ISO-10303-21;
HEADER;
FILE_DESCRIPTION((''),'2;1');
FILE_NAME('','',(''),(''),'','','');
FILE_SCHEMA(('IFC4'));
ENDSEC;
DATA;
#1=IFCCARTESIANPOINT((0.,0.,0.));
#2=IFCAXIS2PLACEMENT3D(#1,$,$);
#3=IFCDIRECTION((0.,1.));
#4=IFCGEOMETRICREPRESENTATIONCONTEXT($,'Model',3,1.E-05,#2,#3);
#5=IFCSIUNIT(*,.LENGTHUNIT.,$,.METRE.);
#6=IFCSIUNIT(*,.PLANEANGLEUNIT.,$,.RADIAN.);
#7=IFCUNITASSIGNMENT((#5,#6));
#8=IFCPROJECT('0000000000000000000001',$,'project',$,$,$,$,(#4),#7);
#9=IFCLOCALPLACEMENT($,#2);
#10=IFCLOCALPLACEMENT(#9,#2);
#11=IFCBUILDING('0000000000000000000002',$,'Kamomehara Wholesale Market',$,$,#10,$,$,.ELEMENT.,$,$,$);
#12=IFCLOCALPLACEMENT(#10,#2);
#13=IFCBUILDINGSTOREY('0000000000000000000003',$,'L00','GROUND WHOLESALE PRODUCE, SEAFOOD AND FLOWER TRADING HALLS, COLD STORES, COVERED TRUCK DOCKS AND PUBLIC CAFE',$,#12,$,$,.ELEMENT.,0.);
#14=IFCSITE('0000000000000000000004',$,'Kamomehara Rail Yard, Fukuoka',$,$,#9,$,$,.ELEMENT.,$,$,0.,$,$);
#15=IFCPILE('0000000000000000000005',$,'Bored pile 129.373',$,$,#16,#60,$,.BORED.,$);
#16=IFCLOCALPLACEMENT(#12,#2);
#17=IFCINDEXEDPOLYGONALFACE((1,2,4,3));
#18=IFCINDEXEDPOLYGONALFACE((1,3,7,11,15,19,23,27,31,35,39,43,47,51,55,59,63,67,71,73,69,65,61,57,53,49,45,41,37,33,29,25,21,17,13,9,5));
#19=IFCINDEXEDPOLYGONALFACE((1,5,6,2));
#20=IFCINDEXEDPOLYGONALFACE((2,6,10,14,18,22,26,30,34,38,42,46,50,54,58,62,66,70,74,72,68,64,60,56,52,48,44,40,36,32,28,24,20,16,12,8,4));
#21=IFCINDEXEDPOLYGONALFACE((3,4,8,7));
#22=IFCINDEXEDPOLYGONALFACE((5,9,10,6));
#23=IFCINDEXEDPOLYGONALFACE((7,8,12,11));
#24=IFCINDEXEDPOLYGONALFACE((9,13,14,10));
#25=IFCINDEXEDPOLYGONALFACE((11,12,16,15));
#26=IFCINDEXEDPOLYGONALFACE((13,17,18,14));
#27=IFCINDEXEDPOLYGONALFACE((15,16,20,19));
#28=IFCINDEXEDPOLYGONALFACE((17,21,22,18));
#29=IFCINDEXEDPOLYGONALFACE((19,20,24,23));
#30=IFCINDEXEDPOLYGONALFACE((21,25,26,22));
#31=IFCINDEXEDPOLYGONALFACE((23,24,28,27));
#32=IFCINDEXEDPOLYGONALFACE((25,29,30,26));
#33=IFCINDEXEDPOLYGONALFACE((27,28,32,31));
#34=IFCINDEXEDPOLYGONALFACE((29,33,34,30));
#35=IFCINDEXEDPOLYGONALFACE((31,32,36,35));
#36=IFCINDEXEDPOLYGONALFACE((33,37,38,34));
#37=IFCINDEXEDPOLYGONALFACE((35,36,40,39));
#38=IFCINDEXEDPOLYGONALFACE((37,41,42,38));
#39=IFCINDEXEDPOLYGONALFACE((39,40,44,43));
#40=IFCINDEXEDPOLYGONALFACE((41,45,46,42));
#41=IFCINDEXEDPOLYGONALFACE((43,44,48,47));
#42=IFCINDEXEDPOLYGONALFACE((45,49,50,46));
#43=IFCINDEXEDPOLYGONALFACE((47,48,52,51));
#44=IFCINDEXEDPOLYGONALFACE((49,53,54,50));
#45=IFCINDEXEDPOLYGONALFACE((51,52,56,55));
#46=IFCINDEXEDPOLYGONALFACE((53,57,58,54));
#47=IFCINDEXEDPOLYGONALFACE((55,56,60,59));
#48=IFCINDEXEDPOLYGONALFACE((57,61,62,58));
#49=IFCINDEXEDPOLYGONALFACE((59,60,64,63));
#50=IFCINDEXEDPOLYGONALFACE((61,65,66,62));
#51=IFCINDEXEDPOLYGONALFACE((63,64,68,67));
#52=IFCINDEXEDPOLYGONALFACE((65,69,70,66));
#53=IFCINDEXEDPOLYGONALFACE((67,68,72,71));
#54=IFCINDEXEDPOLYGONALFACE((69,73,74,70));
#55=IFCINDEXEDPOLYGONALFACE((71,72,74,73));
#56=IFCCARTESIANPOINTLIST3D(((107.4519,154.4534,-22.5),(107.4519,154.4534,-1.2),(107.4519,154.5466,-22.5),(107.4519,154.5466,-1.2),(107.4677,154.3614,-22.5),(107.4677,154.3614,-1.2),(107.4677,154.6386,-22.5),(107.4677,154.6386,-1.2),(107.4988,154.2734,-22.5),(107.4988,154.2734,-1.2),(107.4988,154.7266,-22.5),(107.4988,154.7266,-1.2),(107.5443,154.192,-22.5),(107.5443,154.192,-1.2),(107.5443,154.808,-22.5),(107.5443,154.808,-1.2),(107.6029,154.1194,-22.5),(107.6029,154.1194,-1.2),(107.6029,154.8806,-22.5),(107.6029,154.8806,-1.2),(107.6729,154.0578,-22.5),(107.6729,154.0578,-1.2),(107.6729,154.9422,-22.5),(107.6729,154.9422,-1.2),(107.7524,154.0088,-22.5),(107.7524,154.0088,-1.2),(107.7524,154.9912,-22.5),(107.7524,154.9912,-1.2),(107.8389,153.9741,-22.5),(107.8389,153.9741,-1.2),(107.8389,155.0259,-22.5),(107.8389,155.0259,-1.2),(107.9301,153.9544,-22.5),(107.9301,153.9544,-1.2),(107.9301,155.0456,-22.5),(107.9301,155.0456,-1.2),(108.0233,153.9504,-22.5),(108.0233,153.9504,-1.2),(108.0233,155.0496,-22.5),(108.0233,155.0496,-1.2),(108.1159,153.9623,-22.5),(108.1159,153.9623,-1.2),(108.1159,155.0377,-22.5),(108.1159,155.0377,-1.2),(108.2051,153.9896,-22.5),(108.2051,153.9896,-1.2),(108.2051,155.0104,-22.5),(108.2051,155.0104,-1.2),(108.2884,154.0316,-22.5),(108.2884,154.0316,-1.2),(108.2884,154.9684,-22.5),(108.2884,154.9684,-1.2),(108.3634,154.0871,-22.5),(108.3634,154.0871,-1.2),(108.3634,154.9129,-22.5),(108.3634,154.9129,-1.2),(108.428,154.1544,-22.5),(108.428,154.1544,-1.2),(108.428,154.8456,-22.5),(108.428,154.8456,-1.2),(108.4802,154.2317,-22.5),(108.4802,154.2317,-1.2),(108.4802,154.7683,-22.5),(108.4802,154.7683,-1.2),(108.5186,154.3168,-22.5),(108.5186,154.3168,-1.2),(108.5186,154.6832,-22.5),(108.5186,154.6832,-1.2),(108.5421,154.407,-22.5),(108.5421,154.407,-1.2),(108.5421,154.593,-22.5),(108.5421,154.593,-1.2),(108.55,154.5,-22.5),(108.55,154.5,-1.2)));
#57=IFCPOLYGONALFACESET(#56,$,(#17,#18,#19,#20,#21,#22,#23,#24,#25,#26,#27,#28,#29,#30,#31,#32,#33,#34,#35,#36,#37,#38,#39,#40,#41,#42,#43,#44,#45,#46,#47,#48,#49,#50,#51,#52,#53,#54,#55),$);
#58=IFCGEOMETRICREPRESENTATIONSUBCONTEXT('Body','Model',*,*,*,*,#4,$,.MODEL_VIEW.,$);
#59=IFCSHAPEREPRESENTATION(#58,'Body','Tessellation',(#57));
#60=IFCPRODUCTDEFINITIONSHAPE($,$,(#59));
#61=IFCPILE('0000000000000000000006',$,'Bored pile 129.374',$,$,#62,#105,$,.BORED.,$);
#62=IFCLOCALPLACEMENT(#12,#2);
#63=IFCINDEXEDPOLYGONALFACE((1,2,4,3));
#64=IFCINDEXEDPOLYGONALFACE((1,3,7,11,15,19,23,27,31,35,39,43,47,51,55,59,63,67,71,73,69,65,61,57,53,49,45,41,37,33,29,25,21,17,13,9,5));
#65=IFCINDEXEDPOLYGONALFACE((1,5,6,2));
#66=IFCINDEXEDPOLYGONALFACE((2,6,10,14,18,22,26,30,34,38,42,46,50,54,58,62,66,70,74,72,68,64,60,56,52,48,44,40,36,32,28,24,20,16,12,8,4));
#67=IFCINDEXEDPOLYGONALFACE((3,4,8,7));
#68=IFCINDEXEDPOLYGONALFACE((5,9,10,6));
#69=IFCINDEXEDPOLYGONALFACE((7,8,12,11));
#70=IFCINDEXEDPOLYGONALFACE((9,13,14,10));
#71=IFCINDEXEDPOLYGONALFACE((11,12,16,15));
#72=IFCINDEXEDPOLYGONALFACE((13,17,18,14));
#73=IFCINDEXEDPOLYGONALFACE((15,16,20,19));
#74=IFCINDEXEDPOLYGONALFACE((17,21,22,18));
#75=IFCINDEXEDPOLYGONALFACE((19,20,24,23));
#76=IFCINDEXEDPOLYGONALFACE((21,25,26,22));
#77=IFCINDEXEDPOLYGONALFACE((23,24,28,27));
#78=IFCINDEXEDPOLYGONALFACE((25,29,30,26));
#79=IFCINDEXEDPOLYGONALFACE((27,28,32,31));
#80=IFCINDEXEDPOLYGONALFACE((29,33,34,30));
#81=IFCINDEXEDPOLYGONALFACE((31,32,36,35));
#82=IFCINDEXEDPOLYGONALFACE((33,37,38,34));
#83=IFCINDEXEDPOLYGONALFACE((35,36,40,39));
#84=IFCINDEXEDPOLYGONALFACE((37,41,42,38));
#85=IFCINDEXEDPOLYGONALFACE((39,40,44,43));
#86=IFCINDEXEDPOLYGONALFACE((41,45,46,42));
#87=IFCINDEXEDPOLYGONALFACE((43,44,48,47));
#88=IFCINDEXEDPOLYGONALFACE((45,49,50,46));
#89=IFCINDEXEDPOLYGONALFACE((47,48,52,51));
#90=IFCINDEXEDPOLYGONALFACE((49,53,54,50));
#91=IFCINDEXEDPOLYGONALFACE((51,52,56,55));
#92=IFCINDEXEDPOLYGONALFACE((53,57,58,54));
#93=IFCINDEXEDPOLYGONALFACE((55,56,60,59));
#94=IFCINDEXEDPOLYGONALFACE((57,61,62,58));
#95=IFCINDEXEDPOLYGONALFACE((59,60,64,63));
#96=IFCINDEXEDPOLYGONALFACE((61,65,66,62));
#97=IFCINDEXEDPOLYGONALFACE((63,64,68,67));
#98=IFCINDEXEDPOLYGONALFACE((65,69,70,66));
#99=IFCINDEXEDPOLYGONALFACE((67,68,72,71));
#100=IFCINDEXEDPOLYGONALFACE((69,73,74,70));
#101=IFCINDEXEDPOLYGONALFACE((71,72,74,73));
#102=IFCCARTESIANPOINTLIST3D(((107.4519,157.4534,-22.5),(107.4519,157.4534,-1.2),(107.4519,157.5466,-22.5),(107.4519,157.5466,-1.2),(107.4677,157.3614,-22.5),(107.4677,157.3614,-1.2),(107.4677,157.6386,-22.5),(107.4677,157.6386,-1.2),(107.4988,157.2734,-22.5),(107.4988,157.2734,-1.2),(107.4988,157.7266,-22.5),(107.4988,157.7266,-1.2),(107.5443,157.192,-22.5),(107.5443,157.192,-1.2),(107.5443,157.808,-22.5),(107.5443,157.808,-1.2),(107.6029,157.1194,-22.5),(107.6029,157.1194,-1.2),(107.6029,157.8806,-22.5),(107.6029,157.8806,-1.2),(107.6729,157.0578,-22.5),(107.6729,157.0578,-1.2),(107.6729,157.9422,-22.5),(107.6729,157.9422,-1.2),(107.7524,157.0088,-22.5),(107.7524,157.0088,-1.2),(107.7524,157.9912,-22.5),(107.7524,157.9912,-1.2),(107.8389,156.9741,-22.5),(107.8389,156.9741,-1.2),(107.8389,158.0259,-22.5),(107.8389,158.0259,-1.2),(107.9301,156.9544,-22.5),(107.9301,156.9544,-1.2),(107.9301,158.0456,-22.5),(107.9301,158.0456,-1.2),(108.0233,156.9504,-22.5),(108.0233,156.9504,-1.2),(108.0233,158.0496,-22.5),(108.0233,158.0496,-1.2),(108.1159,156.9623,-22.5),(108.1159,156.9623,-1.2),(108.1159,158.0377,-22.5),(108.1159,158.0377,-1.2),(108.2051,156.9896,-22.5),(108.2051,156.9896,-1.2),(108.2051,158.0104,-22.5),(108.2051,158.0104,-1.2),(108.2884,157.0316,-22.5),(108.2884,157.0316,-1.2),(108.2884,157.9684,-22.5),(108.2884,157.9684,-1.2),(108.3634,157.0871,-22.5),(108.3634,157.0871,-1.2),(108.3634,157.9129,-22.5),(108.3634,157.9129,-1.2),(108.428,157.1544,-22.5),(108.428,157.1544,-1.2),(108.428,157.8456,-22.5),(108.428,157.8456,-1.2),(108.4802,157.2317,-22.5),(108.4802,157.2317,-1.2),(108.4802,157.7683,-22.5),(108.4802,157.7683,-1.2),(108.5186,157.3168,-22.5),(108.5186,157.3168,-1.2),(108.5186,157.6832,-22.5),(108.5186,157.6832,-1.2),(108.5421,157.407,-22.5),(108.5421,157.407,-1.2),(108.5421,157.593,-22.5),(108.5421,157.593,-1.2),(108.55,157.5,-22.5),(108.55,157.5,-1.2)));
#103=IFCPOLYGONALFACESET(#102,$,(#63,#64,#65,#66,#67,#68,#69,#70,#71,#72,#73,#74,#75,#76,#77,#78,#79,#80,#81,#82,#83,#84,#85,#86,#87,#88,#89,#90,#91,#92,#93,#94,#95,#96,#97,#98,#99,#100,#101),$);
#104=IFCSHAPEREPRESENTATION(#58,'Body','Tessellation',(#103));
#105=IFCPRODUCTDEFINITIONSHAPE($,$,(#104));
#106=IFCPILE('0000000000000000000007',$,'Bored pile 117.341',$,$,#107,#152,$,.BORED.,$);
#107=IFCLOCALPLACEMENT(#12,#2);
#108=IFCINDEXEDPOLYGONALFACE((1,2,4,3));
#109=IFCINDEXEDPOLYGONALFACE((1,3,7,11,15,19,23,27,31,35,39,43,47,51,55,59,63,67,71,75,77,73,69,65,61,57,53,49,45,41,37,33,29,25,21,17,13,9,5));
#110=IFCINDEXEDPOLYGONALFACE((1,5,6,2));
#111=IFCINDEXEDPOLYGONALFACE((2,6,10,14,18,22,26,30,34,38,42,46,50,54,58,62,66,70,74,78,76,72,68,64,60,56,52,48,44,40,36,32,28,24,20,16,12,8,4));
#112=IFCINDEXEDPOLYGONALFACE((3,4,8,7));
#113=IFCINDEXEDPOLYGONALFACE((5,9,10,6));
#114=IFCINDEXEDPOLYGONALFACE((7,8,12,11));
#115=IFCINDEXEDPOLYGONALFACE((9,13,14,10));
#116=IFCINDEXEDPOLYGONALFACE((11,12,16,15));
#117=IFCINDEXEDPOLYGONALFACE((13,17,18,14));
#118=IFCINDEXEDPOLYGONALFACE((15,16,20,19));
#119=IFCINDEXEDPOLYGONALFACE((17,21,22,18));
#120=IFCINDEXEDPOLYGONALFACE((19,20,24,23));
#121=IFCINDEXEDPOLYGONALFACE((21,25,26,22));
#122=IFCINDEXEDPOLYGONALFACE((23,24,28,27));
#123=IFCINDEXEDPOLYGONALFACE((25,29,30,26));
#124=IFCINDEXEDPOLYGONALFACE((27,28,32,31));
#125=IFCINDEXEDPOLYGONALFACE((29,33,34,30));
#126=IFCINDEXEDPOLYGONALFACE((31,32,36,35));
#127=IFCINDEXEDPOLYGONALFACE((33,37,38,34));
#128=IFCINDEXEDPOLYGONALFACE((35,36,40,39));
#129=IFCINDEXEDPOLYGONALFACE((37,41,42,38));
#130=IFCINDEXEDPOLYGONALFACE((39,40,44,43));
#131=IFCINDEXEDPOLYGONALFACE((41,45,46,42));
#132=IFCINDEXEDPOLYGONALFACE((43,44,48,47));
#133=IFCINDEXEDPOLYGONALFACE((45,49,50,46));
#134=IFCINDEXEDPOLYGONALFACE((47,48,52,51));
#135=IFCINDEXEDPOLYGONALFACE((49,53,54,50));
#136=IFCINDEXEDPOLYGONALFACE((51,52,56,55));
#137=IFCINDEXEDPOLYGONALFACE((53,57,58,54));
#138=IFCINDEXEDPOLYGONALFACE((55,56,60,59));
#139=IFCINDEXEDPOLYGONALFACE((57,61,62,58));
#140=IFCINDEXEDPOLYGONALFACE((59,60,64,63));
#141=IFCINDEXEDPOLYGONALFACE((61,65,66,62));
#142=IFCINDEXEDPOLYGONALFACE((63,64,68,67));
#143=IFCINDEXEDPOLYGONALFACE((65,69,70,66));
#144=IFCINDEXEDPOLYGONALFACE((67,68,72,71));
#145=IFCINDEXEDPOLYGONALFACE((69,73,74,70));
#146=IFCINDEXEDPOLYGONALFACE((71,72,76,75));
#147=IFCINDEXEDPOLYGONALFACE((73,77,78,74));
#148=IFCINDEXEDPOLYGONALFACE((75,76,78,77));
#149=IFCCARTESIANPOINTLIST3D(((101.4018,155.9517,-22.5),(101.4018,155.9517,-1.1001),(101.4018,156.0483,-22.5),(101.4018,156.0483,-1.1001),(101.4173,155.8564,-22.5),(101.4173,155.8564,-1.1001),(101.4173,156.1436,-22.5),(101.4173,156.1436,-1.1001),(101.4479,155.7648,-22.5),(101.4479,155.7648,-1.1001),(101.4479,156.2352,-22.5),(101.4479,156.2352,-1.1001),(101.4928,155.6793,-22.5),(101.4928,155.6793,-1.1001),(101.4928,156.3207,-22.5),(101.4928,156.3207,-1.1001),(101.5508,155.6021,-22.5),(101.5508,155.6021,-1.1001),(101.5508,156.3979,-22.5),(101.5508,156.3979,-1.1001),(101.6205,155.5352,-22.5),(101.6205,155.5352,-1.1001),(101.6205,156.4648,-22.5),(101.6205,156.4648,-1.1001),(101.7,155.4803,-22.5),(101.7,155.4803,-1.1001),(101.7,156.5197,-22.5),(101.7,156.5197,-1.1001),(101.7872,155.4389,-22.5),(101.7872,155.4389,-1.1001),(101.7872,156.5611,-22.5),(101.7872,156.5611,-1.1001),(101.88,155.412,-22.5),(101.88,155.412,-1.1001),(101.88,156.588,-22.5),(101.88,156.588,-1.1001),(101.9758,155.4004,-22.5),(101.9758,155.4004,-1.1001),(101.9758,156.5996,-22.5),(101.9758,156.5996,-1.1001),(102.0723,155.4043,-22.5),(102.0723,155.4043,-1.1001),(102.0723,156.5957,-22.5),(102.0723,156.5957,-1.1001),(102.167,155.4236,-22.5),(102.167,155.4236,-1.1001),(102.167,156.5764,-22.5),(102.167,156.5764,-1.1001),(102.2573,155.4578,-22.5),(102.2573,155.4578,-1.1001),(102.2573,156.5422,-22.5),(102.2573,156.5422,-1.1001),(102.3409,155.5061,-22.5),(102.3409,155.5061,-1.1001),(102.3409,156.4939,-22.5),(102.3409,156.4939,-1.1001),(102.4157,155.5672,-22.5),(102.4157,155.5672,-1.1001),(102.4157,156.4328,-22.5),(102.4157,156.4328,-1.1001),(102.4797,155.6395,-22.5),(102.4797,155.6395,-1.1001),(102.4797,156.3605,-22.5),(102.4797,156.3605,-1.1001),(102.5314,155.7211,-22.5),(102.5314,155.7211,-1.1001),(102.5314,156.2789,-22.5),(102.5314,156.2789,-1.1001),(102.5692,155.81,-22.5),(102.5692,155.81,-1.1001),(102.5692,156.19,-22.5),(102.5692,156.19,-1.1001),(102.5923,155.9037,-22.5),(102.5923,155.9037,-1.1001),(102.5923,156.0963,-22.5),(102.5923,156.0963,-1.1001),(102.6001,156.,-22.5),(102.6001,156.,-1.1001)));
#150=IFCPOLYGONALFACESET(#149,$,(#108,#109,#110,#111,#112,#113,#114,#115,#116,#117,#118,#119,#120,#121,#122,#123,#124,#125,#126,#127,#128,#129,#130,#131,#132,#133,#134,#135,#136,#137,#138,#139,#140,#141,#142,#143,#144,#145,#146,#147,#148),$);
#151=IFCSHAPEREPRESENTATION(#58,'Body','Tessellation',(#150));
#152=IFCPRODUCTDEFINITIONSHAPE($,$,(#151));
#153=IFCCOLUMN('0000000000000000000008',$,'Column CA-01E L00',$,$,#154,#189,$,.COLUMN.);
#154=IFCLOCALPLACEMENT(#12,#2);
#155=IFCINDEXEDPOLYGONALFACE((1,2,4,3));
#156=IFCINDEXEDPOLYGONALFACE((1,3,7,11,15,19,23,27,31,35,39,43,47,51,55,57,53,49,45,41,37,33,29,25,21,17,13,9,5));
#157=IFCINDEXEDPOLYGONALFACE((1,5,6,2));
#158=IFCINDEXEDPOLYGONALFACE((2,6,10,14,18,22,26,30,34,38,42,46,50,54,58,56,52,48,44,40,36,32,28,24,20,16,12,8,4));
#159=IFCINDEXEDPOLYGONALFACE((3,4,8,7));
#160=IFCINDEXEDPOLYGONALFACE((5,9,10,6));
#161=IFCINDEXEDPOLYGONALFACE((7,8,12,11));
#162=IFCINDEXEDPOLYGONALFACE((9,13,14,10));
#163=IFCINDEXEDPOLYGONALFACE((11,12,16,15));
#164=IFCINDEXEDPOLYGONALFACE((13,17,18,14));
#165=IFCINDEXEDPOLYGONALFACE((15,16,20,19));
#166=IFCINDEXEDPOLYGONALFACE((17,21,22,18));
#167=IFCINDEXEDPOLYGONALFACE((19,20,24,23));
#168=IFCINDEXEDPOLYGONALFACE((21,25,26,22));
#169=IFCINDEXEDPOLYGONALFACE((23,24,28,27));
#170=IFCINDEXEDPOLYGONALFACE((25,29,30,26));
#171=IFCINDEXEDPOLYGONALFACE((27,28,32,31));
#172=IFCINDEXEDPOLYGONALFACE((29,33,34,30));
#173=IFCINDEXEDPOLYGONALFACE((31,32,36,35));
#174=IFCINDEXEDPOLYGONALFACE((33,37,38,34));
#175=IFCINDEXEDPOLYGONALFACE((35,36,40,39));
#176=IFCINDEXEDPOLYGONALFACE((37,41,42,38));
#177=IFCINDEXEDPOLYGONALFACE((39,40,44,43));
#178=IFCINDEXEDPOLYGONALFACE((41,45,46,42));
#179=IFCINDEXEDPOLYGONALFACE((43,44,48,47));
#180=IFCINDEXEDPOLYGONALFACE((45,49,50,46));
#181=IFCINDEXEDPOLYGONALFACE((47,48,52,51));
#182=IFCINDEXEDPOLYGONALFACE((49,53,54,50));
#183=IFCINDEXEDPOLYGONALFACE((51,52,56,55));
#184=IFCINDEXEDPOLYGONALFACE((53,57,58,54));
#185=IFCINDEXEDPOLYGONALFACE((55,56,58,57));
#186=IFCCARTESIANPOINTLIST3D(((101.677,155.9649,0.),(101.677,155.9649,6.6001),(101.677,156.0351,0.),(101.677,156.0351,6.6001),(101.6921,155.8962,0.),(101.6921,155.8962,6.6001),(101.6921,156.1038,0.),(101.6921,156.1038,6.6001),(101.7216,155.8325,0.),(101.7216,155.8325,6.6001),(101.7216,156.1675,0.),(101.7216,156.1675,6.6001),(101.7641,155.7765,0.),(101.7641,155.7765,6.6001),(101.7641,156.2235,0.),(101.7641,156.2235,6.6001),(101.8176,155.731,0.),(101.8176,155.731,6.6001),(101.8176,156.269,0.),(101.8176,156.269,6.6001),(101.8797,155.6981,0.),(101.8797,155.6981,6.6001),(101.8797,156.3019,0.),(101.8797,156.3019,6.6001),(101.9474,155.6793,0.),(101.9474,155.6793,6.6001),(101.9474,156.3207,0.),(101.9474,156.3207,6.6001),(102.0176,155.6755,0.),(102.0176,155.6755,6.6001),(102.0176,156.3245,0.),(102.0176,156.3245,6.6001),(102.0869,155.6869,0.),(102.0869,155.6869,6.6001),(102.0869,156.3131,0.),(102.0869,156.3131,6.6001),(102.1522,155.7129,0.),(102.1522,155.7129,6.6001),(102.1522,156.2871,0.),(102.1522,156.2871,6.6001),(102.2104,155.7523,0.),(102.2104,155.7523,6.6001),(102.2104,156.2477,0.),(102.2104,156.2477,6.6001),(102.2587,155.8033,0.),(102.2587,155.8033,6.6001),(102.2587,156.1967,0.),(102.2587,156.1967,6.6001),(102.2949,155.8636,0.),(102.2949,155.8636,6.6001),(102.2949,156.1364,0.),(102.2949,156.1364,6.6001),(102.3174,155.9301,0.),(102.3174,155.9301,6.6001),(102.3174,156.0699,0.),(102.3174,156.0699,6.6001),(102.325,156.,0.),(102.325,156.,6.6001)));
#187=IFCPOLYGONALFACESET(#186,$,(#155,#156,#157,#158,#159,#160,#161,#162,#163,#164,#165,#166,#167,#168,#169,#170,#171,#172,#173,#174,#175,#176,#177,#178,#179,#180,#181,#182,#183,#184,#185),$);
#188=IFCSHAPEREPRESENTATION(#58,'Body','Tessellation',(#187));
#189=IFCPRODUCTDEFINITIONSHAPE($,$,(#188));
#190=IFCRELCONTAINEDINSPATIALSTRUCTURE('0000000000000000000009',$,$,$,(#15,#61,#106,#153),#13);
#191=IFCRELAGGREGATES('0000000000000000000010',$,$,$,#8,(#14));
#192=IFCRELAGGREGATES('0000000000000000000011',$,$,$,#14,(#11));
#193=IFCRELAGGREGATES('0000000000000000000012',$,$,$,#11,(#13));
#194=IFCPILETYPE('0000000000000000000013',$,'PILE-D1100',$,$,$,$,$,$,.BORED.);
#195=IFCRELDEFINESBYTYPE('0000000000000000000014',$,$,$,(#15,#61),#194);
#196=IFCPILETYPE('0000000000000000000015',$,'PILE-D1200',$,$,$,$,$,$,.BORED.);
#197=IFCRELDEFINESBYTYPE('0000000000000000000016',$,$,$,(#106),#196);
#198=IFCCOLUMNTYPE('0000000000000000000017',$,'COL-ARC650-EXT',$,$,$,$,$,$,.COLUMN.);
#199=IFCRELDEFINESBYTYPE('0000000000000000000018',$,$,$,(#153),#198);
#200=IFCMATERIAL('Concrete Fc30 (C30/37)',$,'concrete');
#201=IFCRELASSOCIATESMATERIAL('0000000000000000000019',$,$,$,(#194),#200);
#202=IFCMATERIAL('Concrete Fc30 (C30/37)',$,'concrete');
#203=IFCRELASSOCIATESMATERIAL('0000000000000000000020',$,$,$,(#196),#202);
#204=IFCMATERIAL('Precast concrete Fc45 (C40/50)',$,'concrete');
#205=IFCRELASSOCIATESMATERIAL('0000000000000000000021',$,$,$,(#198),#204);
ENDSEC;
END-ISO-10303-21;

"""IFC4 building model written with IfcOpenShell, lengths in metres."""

from ifc_helpers import new_model, si_unit, direction, frame, origin, origin_2d, place, context, subcontext, project, spatial, circle, extrude, material, material_profile, profile_set, type_object, element, save


model = new_model("IFC4")

# Units and contexts
model_context = context("Model", 3, precision=1e-05, world=origin(), true_north=direction((0.0, 1.0)))
body_context = subcontext(model_context, "Body", "Model", "MODEL_VIEW")
ifc_project = project(units=[si_unit("LENGTHUNIT", "METRE"), si_unit("PLANEANGLEUNIT", "RADIAN")], contexts=[model_context])

# Site, building, storey
site_placement = place(None, origin())
site = spatial("IfcSite", under=ifc_project, at=site_placement, Name="Kamomehara Rail Yard, Fukuoka", CompositionType="ELEMENT", RefElevation=0.0)
building_placement = place(site_placement, origin())
building = spatial("IfcBuilding", under=site, at=building_placement, Name="Kamomehara Wholesale Market", CompositionType="ELEMENT")
storey_placement = place(building_placement, origin())
storey = spatial("IfcBuildingStorey", under=building, at=storey_placement, Name="L00", Description="GROUND WHOLESALE PRODUCE, SEAFOOD AND FLOWER TRADING HALLS, COLD STORES, COVERED TRUCK DOCKS AND PUBLIC CAFE", CompositionType="ELEMENT", Elevation=0.0)

# Piles
ifc_material_1 = material(Name="Concrete Fc30 (C30/37)", Category="concrete")
ifc_material_profile_1 = material_profile(ifc_material_1, circle(Radius=0.55, at=origin_2d()), Name="RC-PILE-D1100")
ifc_profile_set_1 = profile_set([ifc_material_profile_1], Name="Concrete Fc30 (C30/37)")
pile_type_1 = type_object("IfcPileType", Name="PILE-D1100", PredefinedType="BORED", material=ifc_profile_set_1)
for number, where, z_axis, x_axis, name in (
    (1, (108.0, 154.5, -1.2), (0.0, 0.0, -1.0), (1.0, 0.0, 0.0), "Bored pile 129.373"),
    (2, (108.0, 157.5, -1.2), (0.0, 0.0, -1.0), (1.0, 0.0, 0.0), "Bored pile 129.374"),
):
    element("IfcPile", number, at=place(storey_placement, frame(where, z_axis=z_axis, x_axis=x_axis)), inside=storey, type_object=pile_type_1, Name=name, PredefinedType="BORED", context=body_context, shape_type="SweptSolid", body=[
        extrude(circle(Radius=0.55, at=origin_2d()), origin(), (0.0, 0.0, 1.0), 21.3),
    ])
ifc_material_2 = material(Name="Concrete Fc30 (C30/37)", Category="concrete")
ifc_material_profile_2 = material_profile(ifc_material_2, circle(Radius=0.6001, at=origin_2d()), Name="RC-PILE-D1200")
ifc_profile_set_2 = profile_set([ifc_material_profile_2], Name="Concrete Fc30 (C30/37)")
pile_type_2 = type_object("IfcPileType", Name="PILE-D1200", PredefinedType="BORED", material=ifc_profile_set_2)
pile_placement = place(storey_placement, frame((102.0, 156.0, -1.1001), z_axis=(0.0, 0.0, -1.0), x_axis=(1.0, 0.0, 0.0)))
element("IfcPile", 3, at=pile_placement, inside=storey, type_object=pile_type_2, Name="Bored pile 117.341", PredefinedType="BORED", context=body_context, shape_type="SweptSolid", body=[
    extrude(circle(Radius=0.6001, at=origin_2d()), origin(), (0.0, 0.0, 1.0), 21.3999),
])

# Column
ifc_material_3 = material(Name="Precast concrete Fc45 (C40/50)", Category="concrete")
ifc_material_profile_3 = material_profile(ifc_material_3, circle(Radius=0.325, at=origin_2d()), Name="PC-ARC-D650")
ifc_profile_set_3 = profile_set([ifc_material_profile_3], Name="Precast concrete Fc45 (C40/50)")
column_type_1 = type_object("IfcColumnType", Name="COL-ARC650-EXT", PredefinedType="COLUMN", material=ifc_profile_set_3)
column_1_placement = place(storey_placement, frame((102.0, 156.0, 0.0), z_axis=(0.0, 0.0, 1.0), x_axis=(1.0, 0.0, 0.0)))
element("IfcColumn", 4, at=column_1_placement, inside=storey, type_object=column_type_1, Name="Column CA-01E L00", PredefinedType="COLUMN", context=body_context, shape_type="SweptSolid", body=[
    extrude(circle(Radius=0.325, at=origin_2d()), origin(), (0.0, 0.0, 1.0), 6.6001),
])

save(model, "model.ifc")
